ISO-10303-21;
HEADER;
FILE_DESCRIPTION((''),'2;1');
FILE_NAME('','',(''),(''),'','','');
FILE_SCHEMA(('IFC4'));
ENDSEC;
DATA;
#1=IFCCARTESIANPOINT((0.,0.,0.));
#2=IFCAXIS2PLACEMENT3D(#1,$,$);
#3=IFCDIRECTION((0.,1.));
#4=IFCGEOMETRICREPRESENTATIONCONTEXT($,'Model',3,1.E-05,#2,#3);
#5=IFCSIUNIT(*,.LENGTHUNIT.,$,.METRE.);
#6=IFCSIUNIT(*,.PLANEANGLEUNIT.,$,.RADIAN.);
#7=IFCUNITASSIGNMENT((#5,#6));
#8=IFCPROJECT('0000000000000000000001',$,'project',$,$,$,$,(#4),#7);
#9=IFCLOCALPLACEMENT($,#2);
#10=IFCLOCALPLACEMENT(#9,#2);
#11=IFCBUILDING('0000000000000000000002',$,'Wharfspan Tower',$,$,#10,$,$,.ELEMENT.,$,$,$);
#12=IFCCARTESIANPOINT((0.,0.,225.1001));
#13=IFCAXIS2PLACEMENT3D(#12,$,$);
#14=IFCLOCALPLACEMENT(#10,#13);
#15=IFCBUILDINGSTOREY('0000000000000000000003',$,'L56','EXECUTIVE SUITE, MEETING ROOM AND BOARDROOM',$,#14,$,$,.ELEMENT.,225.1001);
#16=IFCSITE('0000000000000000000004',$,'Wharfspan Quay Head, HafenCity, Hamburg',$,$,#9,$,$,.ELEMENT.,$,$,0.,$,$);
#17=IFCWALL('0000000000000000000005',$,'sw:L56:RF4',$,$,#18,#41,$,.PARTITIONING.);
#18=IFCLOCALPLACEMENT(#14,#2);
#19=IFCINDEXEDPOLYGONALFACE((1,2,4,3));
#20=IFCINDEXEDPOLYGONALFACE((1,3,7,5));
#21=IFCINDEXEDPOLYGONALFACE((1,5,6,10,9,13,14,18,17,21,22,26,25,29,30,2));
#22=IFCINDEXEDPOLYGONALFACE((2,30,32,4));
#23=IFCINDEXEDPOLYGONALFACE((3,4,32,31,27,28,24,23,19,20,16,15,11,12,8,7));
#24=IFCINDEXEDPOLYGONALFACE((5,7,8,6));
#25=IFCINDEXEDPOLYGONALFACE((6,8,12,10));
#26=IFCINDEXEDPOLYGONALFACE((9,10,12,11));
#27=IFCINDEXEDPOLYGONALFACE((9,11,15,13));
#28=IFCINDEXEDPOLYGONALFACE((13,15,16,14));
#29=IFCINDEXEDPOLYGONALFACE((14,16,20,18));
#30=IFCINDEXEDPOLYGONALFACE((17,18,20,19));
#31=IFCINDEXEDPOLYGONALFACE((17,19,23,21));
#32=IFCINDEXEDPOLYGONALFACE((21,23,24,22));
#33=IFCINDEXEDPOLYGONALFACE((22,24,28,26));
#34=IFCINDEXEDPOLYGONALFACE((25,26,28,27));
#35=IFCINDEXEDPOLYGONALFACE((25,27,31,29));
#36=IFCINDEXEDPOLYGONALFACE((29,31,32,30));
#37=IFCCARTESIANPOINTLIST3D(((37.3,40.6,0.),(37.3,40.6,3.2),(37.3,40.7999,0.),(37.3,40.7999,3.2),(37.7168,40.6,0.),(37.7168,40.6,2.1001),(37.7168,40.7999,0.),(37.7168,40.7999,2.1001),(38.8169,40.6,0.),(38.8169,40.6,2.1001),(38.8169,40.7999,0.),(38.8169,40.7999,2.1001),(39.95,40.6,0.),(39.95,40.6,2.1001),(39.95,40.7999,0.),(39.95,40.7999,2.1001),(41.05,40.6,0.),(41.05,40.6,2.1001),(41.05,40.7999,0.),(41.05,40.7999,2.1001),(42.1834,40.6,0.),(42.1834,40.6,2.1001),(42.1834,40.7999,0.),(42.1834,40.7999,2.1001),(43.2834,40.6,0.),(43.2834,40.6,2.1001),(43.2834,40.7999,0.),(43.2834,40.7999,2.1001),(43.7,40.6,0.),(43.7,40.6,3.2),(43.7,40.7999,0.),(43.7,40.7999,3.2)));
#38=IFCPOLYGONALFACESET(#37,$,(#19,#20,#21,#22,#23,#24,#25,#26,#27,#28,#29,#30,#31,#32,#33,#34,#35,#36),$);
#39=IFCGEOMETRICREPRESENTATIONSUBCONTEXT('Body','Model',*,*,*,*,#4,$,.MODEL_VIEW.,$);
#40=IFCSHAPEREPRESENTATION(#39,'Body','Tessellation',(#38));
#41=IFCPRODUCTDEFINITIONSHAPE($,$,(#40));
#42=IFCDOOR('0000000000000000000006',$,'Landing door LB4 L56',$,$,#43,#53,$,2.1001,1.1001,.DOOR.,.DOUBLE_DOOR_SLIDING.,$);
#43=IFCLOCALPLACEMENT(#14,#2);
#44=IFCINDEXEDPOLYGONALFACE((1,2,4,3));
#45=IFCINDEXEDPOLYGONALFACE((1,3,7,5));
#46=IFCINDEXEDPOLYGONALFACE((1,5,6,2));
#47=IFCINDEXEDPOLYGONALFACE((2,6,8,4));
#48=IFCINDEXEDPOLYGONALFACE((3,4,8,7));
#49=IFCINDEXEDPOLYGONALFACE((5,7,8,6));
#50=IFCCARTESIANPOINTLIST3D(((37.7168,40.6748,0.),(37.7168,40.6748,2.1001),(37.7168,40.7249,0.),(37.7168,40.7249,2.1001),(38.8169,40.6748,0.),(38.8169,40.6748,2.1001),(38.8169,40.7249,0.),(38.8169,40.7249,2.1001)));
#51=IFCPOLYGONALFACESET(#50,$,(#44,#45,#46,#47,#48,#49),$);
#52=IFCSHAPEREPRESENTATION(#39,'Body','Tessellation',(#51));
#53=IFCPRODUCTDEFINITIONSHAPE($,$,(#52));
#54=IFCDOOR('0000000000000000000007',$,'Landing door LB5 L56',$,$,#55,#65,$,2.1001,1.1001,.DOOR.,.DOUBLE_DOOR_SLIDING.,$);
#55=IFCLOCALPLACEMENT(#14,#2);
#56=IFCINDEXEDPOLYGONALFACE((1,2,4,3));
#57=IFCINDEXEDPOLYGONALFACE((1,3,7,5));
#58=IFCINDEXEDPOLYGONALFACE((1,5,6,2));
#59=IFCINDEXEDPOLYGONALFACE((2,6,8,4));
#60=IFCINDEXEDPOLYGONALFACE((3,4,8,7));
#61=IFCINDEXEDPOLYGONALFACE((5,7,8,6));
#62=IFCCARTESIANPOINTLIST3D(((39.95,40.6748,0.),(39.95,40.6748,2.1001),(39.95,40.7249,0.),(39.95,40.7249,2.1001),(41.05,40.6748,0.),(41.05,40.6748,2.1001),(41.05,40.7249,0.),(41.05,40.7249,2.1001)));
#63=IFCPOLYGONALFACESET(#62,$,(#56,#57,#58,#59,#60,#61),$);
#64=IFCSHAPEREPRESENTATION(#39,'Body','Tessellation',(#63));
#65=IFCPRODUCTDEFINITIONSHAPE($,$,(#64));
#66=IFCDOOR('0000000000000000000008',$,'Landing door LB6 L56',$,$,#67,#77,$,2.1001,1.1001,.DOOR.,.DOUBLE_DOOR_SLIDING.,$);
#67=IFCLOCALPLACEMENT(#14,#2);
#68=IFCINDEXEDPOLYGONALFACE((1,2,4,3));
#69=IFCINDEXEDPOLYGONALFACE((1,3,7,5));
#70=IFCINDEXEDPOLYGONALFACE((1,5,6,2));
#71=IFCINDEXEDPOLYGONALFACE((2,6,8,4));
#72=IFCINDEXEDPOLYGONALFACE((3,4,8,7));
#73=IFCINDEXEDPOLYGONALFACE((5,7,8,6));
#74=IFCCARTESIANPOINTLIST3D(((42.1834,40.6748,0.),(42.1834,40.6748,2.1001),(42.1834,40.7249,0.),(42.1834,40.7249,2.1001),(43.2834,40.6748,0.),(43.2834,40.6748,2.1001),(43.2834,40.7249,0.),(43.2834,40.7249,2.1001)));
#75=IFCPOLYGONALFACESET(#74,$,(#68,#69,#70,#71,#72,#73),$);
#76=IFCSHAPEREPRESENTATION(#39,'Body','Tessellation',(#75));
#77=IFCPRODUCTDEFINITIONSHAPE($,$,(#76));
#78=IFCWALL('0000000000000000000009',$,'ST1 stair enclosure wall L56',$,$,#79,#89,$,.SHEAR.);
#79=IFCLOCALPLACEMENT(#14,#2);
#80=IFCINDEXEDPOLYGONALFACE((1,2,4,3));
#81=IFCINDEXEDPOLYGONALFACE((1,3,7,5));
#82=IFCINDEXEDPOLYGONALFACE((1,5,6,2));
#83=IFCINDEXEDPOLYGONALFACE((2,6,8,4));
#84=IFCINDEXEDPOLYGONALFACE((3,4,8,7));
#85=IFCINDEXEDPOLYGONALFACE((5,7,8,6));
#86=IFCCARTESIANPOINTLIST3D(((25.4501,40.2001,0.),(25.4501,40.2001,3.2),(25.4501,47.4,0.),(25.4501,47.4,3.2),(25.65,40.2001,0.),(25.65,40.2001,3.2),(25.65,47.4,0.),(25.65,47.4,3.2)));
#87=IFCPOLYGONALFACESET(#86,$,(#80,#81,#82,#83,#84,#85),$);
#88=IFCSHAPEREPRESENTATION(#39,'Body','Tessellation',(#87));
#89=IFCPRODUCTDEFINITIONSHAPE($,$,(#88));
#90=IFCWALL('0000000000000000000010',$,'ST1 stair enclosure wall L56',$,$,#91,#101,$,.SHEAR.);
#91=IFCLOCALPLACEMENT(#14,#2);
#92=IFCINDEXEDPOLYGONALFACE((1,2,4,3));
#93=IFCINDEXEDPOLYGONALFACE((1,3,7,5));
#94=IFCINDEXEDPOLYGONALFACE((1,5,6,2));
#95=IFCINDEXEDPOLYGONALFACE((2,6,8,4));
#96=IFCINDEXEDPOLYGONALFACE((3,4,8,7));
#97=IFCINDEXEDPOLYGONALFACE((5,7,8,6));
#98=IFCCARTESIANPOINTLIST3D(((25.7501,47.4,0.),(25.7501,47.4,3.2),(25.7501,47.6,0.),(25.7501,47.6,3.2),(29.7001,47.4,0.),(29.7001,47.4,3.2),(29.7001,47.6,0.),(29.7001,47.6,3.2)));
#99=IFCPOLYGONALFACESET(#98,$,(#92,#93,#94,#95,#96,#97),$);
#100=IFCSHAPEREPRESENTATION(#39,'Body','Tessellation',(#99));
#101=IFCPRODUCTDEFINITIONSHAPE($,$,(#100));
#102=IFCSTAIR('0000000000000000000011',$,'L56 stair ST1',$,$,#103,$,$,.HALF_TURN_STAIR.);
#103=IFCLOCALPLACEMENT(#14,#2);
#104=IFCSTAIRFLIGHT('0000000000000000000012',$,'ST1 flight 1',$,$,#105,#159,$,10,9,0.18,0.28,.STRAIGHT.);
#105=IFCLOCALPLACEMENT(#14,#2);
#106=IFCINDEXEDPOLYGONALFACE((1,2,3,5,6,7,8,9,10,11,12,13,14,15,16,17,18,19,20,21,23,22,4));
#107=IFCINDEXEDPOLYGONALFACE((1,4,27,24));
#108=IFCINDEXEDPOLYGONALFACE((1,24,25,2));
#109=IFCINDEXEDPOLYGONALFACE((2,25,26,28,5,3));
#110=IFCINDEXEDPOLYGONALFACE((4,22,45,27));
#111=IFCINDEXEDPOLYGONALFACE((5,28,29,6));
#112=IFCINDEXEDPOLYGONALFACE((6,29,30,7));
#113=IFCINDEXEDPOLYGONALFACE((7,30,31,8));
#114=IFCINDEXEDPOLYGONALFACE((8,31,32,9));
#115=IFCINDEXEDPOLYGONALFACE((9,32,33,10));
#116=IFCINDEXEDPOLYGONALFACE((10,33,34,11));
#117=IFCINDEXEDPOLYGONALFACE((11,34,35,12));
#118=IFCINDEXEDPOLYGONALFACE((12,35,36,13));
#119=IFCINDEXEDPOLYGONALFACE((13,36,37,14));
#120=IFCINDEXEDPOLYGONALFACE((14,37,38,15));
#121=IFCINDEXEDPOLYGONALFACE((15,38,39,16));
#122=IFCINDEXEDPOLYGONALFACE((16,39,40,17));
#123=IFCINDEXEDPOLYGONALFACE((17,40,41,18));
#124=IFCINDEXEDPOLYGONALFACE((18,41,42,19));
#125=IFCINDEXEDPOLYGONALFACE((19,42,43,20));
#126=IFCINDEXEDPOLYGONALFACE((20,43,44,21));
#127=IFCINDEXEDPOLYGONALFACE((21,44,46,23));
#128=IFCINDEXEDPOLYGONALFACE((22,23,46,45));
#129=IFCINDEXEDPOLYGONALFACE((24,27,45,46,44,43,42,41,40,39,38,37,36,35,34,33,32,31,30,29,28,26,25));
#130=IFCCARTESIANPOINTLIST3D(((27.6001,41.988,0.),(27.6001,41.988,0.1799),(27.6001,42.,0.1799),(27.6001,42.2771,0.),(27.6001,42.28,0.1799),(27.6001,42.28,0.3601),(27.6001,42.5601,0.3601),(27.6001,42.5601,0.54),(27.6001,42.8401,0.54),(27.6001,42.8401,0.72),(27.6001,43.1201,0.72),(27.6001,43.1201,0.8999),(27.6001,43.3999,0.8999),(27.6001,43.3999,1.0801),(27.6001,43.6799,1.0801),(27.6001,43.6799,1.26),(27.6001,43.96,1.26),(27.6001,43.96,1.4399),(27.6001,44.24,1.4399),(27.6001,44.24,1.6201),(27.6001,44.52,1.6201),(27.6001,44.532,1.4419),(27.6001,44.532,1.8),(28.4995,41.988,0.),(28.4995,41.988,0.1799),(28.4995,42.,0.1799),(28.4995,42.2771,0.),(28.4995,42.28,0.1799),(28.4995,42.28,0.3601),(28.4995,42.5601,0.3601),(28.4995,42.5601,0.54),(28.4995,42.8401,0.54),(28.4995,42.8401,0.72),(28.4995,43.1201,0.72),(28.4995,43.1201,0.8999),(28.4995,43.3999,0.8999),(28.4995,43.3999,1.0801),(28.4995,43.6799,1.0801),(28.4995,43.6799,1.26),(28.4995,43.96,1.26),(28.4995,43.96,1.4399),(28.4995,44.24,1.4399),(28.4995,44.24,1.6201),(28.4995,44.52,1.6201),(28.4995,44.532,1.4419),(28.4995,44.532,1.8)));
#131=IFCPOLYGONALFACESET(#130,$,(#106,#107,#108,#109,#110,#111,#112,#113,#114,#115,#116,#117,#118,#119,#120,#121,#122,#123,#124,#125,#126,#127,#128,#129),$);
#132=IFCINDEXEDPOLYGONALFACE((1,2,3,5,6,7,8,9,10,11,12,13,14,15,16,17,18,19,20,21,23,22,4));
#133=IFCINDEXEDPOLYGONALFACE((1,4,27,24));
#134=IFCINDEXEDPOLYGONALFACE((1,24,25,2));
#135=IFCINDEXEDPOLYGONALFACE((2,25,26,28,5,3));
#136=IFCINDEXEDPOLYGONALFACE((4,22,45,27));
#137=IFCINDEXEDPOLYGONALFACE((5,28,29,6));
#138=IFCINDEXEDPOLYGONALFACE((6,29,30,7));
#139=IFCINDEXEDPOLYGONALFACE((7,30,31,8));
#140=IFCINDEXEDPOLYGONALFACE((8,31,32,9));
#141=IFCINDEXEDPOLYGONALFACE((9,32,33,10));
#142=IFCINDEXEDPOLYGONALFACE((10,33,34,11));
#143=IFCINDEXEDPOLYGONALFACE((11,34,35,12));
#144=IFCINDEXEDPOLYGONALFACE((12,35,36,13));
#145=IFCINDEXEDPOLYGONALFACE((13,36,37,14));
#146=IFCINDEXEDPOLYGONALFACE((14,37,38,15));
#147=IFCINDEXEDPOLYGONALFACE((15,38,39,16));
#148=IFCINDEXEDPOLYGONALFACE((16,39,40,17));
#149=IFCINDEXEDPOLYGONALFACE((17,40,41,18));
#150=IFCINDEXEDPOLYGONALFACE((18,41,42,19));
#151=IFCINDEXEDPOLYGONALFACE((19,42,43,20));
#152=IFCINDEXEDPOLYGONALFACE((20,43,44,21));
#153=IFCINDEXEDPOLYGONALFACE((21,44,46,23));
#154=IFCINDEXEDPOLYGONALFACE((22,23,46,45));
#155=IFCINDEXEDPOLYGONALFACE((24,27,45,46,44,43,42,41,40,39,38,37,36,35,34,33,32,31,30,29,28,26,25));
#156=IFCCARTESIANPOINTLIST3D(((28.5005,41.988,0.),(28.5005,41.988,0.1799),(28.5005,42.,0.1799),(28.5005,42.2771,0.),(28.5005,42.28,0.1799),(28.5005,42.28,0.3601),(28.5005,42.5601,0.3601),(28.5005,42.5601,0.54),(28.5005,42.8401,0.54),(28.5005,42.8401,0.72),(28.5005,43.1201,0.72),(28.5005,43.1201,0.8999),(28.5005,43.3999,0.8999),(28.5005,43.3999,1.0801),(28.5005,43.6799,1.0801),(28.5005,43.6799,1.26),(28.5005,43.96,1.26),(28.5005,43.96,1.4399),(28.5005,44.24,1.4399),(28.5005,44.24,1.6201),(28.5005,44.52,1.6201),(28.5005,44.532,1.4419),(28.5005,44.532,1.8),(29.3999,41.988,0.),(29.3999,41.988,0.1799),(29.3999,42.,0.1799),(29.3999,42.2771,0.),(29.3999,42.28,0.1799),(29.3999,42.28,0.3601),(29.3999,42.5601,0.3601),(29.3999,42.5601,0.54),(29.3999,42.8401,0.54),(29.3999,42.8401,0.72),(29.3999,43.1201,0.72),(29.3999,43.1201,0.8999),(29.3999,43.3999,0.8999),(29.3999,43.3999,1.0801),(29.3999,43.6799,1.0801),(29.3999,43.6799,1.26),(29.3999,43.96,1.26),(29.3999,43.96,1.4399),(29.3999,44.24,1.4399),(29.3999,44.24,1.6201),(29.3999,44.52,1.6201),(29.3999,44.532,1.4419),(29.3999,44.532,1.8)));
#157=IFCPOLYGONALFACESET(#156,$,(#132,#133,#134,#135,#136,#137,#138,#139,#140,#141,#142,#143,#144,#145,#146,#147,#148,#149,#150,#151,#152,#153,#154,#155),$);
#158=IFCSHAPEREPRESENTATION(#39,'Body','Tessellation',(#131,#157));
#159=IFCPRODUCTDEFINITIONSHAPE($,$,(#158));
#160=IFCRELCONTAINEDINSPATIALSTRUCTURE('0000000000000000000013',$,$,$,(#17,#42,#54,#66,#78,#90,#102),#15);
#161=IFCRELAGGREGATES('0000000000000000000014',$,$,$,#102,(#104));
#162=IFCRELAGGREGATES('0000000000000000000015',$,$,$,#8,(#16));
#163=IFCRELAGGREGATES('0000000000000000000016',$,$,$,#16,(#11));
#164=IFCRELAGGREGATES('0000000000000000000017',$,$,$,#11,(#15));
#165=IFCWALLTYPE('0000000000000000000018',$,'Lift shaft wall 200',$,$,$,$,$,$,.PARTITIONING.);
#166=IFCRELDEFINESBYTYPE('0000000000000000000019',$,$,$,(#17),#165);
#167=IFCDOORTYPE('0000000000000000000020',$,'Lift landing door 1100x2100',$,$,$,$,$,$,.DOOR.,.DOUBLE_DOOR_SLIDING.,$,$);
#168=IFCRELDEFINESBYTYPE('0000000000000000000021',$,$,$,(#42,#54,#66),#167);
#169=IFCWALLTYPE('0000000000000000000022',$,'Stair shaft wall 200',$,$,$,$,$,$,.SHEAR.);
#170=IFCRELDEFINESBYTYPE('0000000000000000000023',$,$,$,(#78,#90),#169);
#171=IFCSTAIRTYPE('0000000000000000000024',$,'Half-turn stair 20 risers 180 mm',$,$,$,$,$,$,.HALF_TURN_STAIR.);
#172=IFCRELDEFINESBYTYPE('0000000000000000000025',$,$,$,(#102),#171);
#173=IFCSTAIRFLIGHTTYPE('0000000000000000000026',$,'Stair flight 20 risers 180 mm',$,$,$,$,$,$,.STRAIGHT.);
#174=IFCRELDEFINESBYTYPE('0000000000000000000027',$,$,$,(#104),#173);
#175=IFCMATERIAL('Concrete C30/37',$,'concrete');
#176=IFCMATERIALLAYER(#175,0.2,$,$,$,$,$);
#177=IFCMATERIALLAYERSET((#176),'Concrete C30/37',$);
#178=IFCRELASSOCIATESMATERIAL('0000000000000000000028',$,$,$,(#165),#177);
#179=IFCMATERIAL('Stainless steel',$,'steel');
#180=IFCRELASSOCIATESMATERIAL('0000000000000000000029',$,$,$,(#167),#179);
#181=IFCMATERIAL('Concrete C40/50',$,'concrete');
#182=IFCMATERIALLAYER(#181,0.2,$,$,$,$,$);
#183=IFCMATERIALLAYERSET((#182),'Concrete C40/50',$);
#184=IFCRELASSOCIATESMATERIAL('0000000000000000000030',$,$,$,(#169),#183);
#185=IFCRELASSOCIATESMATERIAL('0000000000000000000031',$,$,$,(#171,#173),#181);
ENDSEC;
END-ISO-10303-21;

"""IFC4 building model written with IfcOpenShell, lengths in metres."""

from ifc_helpers import new_model, si_unit, direction, frame, frame_2d, origin, place, context, subcontext, project, spatial, polyline, rectangle, outline, extrude, material, layer, layer_set, type_object, element, fill, aggregate, save


model = new_model("IFC4")

# Units and contexts
model_context = context("Model", 3, precision=1e-05, world=origin(), true_north=direction((0.0, 1.0)))
body_context = subcontext(model_context, "Body", "Model", "MODEL_VIEW")
ifc_project = project(units=[si_unit("LENGTHUNIT", "METRE"), si_unit("PLANEANGLEUNIT", "RADIAN")], contexts=[model_context])

# Site, building, storey
site_placement = place(None, origin())
site = spatial("IfcSite", under=ifc_project, at=site_placement, Name="Wharfspan Quay Head, HafenCity, Hamburg", CompositionType="ELEMENT", RefElevation=0.0)
building_placement = place(site_placement, origin())
building = spatial("IfcBuilding", under=site, at=building_placement, Name="Wharfspan Tower", CompositionType="ELEMENT")
storey_placement = place(building_placement, frame((0.0, 0.0, 225.1001)))
storey = spatial("IfcBuildingStorey", under=building, at=storey_placement, Name="L56", Description="EXECUTIVE SUITE, MEETING ROOM AND BOARDROOM", CompositionType="ELEMENT", Elevation=225.1001)

# Wall, openings, doors
ifc_material_1 = material(Name="Concrete C30/37", Category="concrete")
ifc_layer_1 = layer(ifc_material_1, 0.2)
ifc_layer_set_1 = layer_set([ifc_layer_1], Name="Concrete C30/37")
wall_type_1 = type_object("IfcWallType", Name="Lift shaft wall 200", PredefinedType="PARTITIONING", material=ifc_layer_set_1)
ifc_material_2 = material(Name="Stainless steel", Category="steel")
door_type_1 = type_object("IfcDoorType", Name="Lift landing door 1100x2100", OperationType="DOUBLE_DOOR_SLIDING", PredefinedType="DOOR", material=ifc_material_2)
wall_1_placement = place(storey_placement, frame((37.3, 40.7, 0.0), z_axis=(0.0, 0.0, 1.0), x_axis=(1.0, 0.0, 0.0)))
wall_1 = element("IfcWall", 1, at=wall_1_placement, inside=storey, type_object=wall_type_1, Name="sw:L56:RF4", PredefinedType="PARTITIONING", context=body_context, shape_type="SweptSolid", body=[
    extrude(rectangle(XDim=6.3999, YDim=0.2, at=frame_2d((3.2, 0.0))), origin(), (0.0, 0.0, 1.0), 3.2),
])
opening_1_placement = place(wall_1_placement, frame((0.4167, 0.0, 0.0)))
opening_1 = element("IfcOpeningElement", 2, at=opening_1_placement, cuts=wall_1, PredefinedType="OPENING", context=body_context, shape_type="SweptSolid", body=[
    extrude(rectangle(XDim=1.1001, YDim=2.1001, at=frame_2d((0.55, 1.05))), frame((0.0, 0.1099, 0.0), z_axis=(0.0, -1.0, 0.0), x_axis=(1.0, 0.0, 0.0)), (0.0, 0.0, 1.0), 0.22),
])
opening_2_placement = place(wall_1_placement, frame((2.6499, 0.0, 0.0)))
opening_2 = element("IfcOpeningElement", 3, at=opening_2_placement, cuts=wall_1, PredefinedType="OPENING", context=body_context, shape_type="SweptSolid", body=[
    extrude(rectangle(XDim=1.1001, YDim=2.1001, at=frame_2d((0.55, 1.05))), frame((0.0, 0.1099, 0.0), z_axis=(0.0, -1.0, 0.0), x_axis=(1.0, 0.0, 0.0)), (0.0, 0.0, 1.0), 0.22),
])
opening_3_placement = place(wall_1_placement, frame((4.8833, 0.0, 0.0)))
opening_3 = element("IfcOpeningElement", 4, at=opening_3_placement, cuts=wall_1, PredefinedType="OPENING", context=body_context, shape_type="SweptSolid", body=[
    extrude(rectangle(XDim=1.1001, YDim=2.1001, at=frame_2d((0.55, 1.05))), frame((0.0, 0.1099, 0.0), z_axis=(0.0, -1.0, 0.0), x_axis=(1.0, 0.0, 0.0)), (0.0, 0.0, 1.0), 0.22),
])
door_1_placement = place(opening_1_placement, origin())
door_1 = element("IfcDoor", 5, at=door_1_placement, inside=storey, type_object=door_type_1, Name="Landing door LB4 L56", OperationType="DOUBLE_DOOR_SLIDING", OverallHeight=2.1001, OverallWidth=1.1001, PredefinedType="DOOR", context=body_context, shape_type="SweptSolid", body=[
    extrude(rectangle(XDim=1.1001, YDim=2.1001, at=frame_2d((0.55, 1.05))), frame((0.0, 0.0249, 0.0), z_axis=(0.0, -1.0, 0.0), x_axis=(1.0, 0.0, 0.0)), (0.0, 0.0, 1.0), 0.05),
])
fill(opening_1, door_1)
door_2_placement = place(opening_2_placement, origin())
door_2 = element("IfcDoor", 6, at=door_2_placement, inside=storey, type_object=door_type_1, Name="Landing door LB5 L56", OperationType="DOUBLE_DOOR_SLIDING", OverallHeight=2.1001, OverallWidth=1.1001, PredefinedType="DOOR", context=body_context, shape_type="SweptSolid", body=[
    extrude(rectangle(XDim=1.1001, YDim=2.1001, at=frame_2d((0.55, 1.05))), frame((0.0, 0.0249, 0.0), z_axis=(0.0, -1.0, 0.0), x_axis=(1.0, 0.0, 0.0)), (0.0, 0.0, 1.0), 0.05),
])
fill(opening_2, door_2)
door_3_placement = place(opening_3_placement, origin())
door_3 = element("IfcDoor", 7, at=door_3_placement, inside=storey, type_object=door_type_1, Name="Landing door LB6 L56", OperationType="DOUBLE_DOOR_SLIDING", OverallHeight=2.1001, OverallWidth=1.1001, PredefinedType="DOOR", context=body_context, shape_type="SweptSolid", body=[
    extrude(rectangle(XDim=1.1001, YDim=2.1001, at=frame_2d((0.55, 1.05))), frame((0.0, 0.0249, 0.0), z_axis=(0.0, -1.0, 0.0), x_axis=(1.0, 0.0, 0.0)), (0.0, 0.0, 1.0), 0.05),
])
fill(opening_3, door_3)

# Walls
ifc_material_3 = material(Name="Concrete C40/50", Category="concrete")
ifc_layer_2 = layer(ifc_material_3, 0.2)
ifc_layer_set_2 = layer_set([ifc_layer_2], Name="Concrete C40/50")
wall_type_2 = type_object("IfcWallType", Name="Stair shaft wall 200", PredefinedType="SHEAR", material=ifc_layer_set_2)
wall_2_placement = place(storey_placement, frame((25.55, 40.2, 0.0), z_axis=(0.0, 0.0, 1.0), x_axis=(0.0, 1.0, 0.0)))
element("IfcWall", 8, at=wall_2_placement, inside=storey, type_object=wall_type_2, Name="ST1 stair enclosure wall L56", PredefinedType="SHEAR", context=body_context, shape_type="SweptSolid", body=[
    extrude(rectangle(XDim=7.2, YDim=0.2, at=frame_2d((3.6001, 0.0))), origin(), (0.0, 0.0, 1.0), 3.2),
])
wall_3_placement = place(storey_placement, frame((25.75, 47.5, 0.0), z_axis=(0.0, 0.0, 1.0), x_axis=(1.0, 0.0, 0.0)))
element("IfcWall", 9, at=wall_3_placement, inside=storey, type_object=wall_type_2, Name="ST1 stair enclosure wall L56", PredefinedType="SHEAR", context=body_context, shape_type="SweptSolid", body=[
    extrude(rectangle(XDim=3.95, YDim=0.2, at=frame_2d((1.9751, 0.0))), origin(), (0.0, 0.0, 1.0), 3.2),
])

# Stair, stair flight
stair_type = type_object("IfcStairType", Name="Half-turn stair 20 risers 180 mm", PredefinedType="HALF_TURN_STAIR", material=ifc_material_3)
stair_placement = place(storey_placement, origin())
stair = element("IfcStair", 10, at=stair_placement, inside=storey, type_object=stair_type, Name="L56 stair ST1", PredefinedType="HALF_TURN_STAIR")
stair_flight_type = type_object("IfcStairFlightType", Name="Stair flight 20 risers 180 mm", PredefinedType="STRAIGHT", material=ifc_material_3)
stair_flight_1_placement = place(storey_placement, frame((28.5, 42.0, 0.0), z_axis=(0.0, 0.0, 1.0), x_axis=(0.0, 1.0, 0.0)))
stair_flight_1 = element("IfcStairFlight", 11, at=stair_flight_1_placement, type_object=stair_flight_type, Name="ST1 flight 1", NumberOfRisers=10, NumberOfTreads=9, PredefinedType="STRAIGHT", RiserHeight=0.18, TreadLength=0.28, context=body_context, shape_type="SweptSolid", body=[
    extrude(outline(polyline([(-0.012, 0.0), (-0.012, 0.1799), (0.0, 0.1799), (0.28, 0.1799), (0.28, 0.3601), (0.5601, 0.3601), (0.5601, 0.54), (0.8401, 0.54), (0.8401, 0.72), (1.1201, 0.72), (1.1201, 0.8999), (1.3999, 0.8999), (1.3999, 1.0801), (1.6799, 1.0801), (1.6799, 1.26), (1.96, 1.26), (1.96, 1.4399), (2.24, 1.4399), (2.24, 1.6201), (2.52, 1.6201), (2.532, 1.8), (2.532, 1.4419), (0.2771, 0.0), (-0.012, 0.0)])), frame((0.0, 0.8999, 0.0), z_axis=(0.0, -1.0, 0.0), x_axis=(1.0, 0.0, 0.0)), (0.0, 0.0, 1.0), 0.8994),
    extrude(outline(polyline([(-0.012, 0.0), (-0.012, 0.1799), (0.0, 0.1799), (0.28, 0.1799), (0.28, 0.3601), (0.5601, 0.3601), (0.5601, 0.54), (0.8401, 0.54), (0.8401, 0.72), (1.1201, 0.72), (1.1201, 0.8999), (1.3999, 0.8999), (1.3999, 1.0801), (1.6799, 1.0801), (1.6799, 1.26), (1.96, 1.26), (1.96, 1.4399), (2.24, 1.4399), (2.24, 1.6201), (2.52, 1.6201), (2.532, 1.8), (2.532, 1.4419), (0.2771, 0.0), (-0.012, 0.0)])), frame((0.0, -0.0005, 0.0), z_axis=(0.0, -1.0, 0.0), x_axis=(1.0, 0.0, 0.0)), (0.0, 0.0, 1.0), 0.8994),
])
aggregate(stair, [stair_flight_1])

save(model, "model.ifc")
